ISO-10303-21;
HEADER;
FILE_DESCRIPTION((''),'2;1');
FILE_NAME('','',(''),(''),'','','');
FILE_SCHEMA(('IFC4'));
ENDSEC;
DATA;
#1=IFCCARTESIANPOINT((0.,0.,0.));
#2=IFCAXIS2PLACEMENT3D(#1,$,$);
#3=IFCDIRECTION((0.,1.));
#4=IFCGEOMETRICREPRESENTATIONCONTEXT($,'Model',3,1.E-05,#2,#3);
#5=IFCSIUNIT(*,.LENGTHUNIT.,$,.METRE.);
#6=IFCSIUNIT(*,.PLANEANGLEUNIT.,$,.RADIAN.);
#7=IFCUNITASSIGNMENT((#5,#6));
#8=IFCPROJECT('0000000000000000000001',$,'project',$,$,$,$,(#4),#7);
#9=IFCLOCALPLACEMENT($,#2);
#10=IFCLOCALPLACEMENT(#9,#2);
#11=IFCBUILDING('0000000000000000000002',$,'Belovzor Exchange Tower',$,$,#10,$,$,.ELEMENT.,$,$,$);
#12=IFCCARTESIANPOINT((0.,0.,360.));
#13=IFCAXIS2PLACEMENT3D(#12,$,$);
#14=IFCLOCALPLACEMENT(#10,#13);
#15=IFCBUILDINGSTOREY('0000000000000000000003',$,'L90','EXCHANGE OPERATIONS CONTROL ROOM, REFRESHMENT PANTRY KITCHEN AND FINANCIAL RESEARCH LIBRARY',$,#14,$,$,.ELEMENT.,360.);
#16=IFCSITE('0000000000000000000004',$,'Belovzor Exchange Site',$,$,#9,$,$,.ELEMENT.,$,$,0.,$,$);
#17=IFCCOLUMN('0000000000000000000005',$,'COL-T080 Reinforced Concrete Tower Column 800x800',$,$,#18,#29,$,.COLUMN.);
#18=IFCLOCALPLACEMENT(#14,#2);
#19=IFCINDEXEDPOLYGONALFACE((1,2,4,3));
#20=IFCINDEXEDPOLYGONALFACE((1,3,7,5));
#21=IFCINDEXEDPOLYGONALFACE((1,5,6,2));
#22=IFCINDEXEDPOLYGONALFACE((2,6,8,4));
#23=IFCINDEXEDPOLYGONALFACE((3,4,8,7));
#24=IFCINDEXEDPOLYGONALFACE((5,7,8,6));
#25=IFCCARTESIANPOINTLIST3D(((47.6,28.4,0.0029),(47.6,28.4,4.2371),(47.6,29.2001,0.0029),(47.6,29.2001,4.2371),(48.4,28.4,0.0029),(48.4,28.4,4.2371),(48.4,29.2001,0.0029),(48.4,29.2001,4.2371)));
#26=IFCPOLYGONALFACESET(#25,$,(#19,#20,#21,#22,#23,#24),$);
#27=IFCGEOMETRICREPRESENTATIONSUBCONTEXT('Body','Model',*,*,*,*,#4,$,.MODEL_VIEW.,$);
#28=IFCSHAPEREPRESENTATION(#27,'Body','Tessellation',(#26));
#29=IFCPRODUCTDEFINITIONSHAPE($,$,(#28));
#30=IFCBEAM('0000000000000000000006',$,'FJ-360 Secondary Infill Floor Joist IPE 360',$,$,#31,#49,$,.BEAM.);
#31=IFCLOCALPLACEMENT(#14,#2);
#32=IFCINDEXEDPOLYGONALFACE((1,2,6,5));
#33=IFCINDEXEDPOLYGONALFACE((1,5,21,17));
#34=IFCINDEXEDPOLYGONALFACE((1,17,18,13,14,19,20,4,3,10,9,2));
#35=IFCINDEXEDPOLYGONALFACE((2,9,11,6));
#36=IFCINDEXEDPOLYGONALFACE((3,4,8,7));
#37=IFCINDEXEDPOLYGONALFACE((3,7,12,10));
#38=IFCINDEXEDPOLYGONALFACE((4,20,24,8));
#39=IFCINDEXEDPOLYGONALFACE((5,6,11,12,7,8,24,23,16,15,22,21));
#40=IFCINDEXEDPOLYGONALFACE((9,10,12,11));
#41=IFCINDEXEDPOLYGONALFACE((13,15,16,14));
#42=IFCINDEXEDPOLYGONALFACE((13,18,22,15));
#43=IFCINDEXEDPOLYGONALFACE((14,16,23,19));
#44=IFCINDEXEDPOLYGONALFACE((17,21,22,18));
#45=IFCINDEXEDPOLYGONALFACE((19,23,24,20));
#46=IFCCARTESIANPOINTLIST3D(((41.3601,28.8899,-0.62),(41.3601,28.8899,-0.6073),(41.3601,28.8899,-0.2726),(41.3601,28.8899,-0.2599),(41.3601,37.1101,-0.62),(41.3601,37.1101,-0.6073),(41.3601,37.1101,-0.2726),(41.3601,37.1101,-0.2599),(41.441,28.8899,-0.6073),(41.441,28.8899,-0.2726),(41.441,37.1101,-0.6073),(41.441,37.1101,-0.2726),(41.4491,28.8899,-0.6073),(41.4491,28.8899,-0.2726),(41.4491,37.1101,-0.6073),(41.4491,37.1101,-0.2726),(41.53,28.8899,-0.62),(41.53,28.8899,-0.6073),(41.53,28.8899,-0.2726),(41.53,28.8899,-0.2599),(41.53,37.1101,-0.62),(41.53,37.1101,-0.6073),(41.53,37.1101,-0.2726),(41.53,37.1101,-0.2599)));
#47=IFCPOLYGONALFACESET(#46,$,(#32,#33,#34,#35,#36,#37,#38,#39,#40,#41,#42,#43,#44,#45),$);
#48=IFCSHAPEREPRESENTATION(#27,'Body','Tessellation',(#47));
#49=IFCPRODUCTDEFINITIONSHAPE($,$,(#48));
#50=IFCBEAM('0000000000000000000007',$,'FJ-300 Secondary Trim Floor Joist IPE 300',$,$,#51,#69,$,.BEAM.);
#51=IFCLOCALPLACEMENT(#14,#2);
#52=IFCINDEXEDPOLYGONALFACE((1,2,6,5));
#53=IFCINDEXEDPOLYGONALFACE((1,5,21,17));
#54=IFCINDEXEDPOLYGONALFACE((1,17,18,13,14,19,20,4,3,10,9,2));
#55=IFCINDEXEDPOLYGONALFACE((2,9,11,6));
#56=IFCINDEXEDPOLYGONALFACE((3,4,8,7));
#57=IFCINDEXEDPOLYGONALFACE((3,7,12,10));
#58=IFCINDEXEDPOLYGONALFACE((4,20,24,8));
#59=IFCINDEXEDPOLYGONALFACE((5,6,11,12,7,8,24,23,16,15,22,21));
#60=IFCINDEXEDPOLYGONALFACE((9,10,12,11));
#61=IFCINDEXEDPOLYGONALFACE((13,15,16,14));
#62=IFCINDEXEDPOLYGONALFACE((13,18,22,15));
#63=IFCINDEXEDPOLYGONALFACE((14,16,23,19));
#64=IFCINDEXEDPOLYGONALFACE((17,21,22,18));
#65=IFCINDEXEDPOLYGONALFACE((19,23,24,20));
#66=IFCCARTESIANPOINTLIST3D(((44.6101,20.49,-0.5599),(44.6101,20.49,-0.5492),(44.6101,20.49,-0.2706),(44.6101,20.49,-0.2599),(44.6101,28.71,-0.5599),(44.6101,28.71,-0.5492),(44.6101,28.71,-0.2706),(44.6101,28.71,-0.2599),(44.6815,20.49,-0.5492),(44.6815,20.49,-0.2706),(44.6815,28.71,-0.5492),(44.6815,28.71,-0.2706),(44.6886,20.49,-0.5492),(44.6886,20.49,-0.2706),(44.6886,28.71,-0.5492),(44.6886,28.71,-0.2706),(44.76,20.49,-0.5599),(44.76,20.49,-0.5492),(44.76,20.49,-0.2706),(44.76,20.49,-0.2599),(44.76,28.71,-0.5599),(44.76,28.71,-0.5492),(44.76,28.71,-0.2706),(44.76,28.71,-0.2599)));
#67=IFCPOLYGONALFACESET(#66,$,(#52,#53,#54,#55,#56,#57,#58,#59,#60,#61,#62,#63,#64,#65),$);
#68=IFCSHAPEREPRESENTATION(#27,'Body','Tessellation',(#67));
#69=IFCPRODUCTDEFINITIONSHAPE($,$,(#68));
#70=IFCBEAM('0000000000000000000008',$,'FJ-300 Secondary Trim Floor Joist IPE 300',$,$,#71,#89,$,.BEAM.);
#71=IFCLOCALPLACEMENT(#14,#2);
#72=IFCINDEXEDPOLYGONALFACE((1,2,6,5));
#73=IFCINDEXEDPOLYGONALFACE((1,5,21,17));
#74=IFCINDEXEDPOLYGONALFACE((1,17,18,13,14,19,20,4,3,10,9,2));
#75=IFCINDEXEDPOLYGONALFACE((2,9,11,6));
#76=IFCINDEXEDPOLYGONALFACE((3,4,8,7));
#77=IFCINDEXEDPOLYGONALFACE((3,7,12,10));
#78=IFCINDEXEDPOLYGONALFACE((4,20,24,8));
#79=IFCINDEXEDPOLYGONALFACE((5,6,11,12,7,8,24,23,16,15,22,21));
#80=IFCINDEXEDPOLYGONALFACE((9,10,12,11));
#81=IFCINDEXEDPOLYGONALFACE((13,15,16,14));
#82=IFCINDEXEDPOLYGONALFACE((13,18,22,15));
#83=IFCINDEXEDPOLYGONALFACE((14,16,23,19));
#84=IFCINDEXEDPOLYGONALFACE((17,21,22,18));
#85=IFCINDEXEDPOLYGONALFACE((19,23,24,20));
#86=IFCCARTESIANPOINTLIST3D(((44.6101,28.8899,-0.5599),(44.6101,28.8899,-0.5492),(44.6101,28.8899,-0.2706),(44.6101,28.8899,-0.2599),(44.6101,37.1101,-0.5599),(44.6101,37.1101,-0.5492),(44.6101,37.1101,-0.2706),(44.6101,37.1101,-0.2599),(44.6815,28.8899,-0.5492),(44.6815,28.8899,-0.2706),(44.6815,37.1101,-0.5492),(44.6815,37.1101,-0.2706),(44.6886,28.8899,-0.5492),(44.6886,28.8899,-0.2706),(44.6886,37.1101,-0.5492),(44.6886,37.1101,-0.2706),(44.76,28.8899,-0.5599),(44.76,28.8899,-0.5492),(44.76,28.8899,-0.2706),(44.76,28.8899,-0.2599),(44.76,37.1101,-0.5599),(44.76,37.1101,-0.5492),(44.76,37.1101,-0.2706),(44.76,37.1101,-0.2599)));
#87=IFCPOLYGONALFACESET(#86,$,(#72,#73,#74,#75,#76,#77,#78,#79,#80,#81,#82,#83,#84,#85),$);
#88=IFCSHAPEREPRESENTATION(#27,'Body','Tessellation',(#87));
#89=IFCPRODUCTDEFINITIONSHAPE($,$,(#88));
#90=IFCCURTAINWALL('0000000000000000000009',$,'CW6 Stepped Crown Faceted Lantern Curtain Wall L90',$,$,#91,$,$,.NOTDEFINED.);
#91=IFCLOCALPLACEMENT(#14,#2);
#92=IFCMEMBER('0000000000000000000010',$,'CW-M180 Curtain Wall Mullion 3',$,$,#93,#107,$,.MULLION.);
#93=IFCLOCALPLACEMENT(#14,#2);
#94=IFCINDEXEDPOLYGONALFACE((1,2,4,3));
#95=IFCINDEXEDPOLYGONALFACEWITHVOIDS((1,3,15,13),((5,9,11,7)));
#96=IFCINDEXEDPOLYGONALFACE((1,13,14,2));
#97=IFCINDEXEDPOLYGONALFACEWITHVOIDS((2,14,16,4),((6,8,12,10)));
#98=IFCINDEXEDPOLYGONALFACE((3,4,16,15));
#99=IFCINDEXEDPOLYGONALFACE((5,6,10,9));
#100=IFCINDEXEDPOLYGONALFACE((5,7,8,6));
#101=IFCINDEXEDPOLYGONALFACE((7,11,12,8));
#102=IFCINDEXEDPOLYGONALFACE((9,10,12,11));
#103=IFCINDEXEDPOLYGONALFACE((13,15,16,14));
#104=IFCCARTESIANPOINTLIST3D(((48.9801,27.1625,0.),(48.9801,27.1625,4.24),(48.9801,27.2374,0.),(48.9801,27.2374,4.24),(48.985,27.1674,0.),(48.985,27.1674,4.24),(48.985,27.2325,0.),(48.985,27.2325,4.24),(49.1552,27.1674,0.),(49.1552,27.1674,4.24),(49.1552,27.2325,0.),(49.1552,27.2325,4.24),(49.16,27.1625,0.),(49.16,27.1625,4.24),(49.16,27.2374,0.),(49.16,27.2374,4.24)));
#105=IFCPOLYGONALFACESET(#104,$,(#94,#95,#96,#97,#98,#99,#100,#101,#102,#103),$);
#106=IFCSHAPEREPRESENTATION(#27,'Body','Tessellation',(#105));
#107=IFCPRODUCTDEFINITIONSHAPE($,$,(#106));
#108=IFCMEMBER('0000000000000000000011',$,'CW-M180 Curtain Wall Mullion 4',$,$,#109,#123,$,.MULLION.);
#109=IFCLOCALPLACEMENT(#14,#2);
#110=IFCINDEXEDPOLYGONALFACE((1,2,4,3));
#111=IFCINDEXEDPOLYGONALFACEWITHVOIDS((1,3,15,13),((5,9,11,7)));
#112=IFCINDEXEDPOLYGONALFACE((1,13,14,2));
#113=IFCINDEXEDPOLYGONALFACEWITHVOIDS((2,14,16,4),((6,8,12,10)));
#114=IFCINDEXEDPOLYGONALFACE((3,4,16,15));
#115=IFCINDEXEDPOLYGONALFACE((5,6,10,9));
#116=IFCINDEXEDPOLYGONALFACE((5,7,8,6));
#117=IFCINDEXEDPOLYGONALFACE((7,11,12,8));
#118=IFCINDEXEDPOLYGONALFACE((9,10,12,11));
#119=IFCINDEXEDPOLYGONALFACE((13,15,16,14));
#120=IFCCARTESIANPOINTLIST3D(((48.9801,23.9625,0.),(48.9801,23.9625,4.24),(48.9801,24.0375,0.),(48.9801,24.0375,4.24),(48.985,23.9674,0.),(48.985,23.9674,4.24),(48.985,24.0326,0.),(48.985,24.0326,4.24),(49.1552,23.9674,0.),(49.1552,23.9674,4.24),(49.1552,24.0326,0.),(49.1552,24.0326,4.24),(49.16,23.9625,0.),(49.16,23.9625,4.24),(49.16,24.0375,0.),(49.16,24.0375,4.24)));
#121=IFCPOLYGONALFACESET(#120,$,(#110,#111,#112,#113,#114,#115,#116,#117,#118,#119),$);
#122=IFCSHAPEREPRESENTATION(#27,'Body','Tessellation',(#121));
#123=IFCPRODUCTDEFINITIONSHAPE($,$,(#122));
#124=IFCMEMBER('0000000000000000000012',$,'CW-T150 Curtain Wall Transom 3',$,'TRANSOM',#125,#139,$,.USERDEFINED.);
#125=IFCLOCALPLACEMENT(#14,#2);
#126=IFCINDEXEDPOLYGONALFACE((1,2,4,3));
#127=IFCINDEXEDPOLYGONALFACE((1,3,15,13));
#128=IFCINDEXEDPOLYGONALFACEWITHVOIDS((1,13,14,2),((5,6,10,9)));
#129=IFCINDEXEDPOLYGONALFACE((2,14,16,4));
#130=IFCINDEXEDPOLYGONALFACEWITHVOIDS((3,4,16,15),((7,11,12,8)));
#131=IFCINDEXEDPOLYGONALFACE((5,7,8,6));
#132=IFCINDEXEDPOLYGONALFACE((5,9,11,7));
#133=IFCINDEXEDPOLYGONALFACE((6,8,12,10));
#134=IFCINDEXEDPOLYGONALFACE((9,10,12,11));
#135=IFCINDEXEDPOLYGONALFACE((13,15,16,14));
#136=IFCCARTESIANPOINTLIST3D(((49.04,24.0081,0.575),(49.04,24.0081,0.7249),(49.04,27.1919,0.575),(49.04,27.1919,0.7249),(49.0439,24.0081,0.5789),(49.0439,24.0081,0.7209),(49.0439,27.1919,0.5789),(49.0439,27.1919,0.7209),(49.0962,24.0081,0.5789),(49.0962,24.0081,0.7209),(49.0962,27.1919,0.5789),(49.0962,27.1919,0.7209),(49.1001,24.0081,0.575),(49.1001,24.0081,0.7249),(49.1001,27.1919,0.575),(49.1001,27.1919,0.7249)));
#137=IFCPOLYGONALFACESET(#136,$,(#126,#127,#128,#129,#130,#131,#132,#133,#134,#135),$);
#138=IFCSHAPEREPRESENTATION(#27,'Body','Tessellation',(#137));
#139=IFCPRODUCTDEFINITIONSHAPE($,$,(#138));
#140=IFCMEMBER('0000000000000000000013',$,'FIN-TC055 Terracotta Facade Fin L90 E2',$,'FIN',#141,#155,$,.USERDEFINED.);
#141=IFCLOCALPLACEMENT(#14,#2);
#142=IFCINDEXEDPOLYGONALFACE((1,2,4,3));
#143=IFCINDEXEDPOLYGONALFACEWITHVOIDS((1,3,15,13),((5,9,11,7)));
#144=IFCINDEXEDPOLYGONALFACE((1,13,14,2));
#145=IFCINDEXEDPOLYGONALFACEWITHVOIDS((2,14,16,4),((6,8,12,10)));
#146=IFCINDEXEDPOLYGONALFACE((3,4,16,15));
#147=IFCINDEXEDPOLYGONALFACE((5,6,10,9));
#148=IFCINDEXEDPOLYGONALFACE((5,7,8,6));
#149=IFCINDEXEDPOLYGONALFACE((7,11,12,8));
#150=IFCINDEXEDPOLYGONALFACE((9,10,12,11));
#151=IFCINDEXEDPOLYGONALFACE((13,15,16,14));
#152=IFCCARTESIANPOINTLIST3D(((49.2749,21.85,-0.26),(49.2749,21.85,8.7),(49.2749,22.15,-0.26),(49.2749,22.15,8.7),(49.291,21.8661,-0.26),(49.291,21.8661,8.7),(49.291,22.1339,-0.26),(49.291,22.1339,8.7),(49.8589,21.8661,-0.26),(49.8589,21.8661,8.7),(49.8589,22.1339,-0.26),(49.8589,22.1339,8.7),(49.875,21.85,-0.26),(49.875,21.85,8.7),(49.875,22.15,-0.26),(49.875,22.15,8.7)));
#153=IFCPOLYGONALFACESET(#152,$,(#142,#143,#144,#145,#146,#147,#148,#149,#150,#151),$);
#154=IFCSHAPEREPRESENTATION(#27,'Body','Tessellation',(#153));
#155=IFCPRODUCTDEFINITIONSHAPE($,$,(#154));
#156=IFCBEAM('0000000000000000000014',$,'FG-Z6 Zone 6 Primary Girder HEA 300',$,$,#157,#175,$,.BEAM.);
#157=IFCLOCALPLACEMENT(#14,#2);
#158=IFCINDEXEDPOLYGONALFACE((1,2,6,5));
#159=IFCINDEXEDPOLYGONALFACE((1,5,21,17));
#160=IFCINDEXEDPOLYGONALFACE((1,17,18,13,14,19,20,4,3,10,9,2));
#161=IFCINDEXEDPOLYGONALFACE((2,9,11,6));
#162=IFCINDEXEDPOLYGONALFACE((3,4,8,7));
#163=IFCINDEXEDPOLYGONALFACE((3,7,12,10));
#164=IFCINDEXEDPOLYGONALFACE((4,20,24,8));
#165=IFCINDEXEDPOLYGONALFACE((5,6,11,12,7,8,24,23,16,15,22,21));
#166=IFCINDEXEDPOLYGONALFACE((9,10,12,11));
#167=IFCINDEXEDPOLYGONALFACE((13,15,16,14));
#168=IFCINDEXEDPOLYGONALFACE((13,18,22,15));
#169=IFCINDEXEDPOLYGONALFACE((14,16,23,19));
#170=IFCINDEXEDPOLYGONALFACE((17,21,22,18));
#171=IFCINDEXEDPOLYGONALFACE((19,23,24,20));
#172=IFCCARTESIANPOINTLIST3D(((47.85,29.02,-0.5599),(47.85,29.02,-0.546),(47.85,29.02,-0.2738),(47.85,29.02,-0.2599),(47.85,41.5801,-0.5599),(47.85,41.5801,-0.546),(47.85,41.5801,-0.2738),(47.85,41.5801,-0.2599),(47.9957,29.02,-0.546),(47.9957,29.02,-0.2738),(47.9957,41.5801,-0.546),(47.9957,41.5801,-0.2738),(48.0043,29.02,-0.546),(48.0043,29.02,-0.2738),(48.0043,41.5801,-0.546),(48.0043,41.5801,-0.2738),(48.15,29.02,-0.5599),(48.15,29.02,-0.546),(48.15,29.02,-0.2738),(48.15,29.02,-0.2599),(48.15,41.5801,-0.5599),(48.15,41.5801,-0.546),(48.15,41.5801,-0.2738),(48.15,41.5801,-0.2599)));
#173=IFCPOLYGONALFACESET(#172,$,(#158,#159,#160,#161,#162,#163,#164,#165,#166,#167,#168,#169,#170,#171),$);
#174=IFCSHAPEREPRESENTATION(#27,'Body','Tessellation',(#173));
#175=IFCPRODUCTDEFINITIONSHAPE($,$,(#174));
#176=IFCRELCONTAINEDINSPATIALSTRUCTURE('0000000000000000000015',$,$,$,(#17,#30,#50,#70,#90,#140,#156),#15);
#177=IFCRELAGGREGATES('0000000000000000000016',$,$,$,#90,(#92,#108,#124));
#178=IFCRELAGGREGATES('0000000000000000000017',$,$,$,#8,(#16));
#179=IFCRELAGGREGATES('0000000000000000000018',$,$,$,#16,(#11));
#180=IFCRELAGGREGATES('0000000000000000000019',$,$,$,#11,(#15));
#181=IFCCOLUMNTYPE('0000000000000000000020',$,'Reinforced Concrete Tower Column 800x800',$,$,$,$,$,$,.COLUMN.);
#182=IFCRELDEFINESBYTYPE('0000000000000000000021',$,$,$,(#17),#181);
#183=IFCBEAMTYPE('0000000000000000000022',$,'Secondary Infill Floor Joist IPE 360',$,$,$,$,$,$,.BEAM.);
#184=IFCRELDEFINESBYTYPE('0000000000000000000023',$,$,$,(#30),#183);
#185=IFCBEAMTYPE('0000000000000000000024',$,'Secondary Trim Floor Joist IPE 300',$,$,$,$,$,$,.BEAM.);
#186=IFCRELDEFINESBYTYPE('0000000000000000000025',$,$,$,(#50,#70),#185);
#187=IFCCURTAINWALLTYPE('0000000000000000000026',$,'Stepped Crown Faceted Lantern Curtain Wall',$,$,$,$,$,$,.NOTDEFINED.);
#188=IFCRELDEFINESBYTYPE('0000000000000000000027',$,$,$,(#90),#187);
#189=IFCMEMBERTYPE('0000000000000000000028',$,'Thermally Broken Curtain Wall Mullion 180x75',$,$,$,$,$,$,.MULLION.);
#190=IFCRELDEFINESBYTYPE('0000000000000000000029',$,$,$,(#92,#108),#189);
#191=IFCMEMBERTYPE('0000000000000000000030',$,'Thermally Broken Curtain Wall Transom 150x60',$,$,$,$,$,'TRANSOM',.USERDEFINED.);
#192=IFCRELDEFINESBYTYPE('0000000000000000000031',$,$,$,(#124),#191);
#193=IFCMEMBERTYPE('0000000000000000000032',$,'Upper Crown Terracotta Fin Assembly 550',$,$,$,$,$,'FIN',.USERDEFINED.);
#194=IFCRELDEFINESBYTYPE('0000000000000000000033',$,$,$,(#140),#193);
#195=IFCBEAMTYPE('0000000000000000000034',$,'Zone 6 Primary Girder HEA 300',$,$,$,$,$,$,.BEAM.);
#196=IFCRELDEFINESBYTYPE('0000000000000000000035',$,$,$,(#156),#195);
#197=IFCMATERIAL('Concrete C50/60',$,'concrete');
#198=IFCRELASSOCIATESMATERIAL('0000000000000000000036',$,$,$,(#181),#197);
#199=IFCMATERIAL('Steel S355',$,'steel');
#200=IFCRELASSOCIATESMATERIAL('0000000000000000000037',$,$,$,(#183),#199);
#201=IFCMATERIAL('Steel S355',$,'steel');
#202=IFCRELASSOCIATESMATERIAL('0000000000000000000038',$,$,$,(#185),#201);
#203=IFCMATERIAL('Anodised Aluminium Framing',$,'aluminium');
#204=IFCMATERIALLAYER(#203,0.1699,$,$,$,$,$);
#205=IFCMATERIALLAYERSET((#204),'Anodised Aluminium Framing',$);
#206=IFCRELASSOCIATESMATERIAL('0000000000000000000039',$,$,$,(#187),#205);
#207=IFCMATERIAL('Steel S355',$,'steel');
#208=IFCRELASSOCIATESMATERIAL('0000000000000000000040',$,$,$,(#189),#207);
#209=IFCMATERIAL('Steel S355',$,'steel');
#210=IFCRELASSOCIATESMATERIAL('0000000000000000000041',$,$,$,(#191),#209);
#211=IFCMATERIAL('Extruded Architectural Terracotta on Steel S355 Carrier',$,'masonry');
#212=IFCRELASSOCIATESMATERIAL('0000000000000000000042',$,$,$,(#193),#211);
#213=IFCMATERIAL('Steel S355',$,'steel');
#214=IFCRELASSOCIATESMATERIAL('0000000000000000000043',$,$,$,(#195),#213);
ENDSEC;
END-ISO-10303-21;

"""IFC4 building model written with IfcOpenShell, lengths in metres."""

from ifc_helpers import new_model, si_unit, direction, frame, origin, origin_2d, place, context, subcontext, project, spatial, rectangle, hollow_rectangle, i_section, extrude, material, layer, layer_set, material_profile, profile_set, type_object, element, aggregate, save


model = new_model("IFC4")

# Units and contexts
model_context = context("Model", 3, precision=1e-05, world=origin(), true_north=direction((0.0, 1.0)))
body_context = subcontext(model_context, "Body", "Model", "MODEL_VIEW")
ifc_project = project(units=[si_unit("LENGTHUNIT", "METRE"), si_unit("PLANEANGLEUNIT", "RADIAN")], contexts=[model_context])

# Site, building, storey
site_placement = place(None, origin())
site = spatial("IfcSite", under=ifc_project, at=site_placement, Name="Belovzor Exchange Site", CompositionType="ELEMENT", RefElevation=0.0)
building_placement = place(site_placement, origin())
building = spatial("IfcBuilding", under=site, at=building_placement, Name="Belovzor Exchange Tower", CompositionType="ELEMENT")
storey_placement = place(building_placement, frame((0.0, 0.0, 360.0)))
storey = spatial("IfcBuildingStorey", under=building, at=storey_placement, Name="L90", Description="EXCHANGE OPERATIONS CONTROL ROOM, REFRESHMENT PANTRY KITCHEN AND FINANCIAL RESEARCH LIBRARY", CompositionType="ELEMENT", Elevation=360.0)

# Column
ifc_material_1 = material(Name="Concrete C50/60", Category="concrete")
ifc_material_profile_1 = material_profile(ifc_material_1, rectangle(XDim=0.8, YDim=0.8, at=origin_2d()))
ifc_profile_set_1 = profile_set([ifc_material_profile_1], Name="Concrete C50/60")
column_type = type_object("IfcColumnType", Name="Reinforced Concrete Tower Column 800x800", PredefinedType="COLUMN", material=ifc_profile_set_1)
column_placement = place(storey_placement, frame((48.0, 28.8, 0.0029), z_axis=(0.0, 0.0, 1.0), x_axis=(1.0, 0.0, 0.0)))
element("IfcColumn", 1, at=column_placement, inside=storey, type_object=column_type, Name="COL-T080 Reinforced Concrete Tower Column 800x800", PredefinedType="COLUMN", context=body_context, shape_type="SweptSolid", body=[
    extrude(rectangle(XDim=0.8, YDim=0.8, at=origin_2d()), origin(), (0.0, 0.0, 1.0), 4.2341),
])

# Beams
ifc_material_2 = material(Name="Steel S355", Category="steel")
ifc_material_profile_2 = material_profile(ifc_material_2, i_section(OverallWidth=0.1699, OverallDepth=0.3601, WebThickness=0.0081, FlangeThickness=0.0127, at=origin_2d()))
ifc_profile_set_2 = profile_set([ifc_material_profile_2], Name="Steel S355")
beam_type_1 = type_object("IfcBeamType", Name="Secondary Infill Floor Joist IPE 360", PredefinedType="BEAM", material=ifc_profile_set_2)
beam_1_placement = place(storey_placement, frame((41.4451, 28.8899, -0.4399), z_axis=(0.0, 1.0, 0.0), x_axis=(-1.0, 0.0, 0.0)))
element("IfcBeam", 2, at=beam_1_placement, inside=storey, type_object=beam_type_1, Name="FJ-360 Secondary Infill Floor Joist IPE 360", PredefinedType="BEAM", context=body_context, shape_type="SweptSolid", body=[
    extrude(i_section(OverallWidth=0.1699, OverallDepth=0.3601, WebThickness=0.0081, FlangeThickness=0.0127, at=origin_2d()), origin(), (0.0, 0.0, 1.0), 8.2202),
])
ifc_material_3 = material(Name="Steel S355", Category="steel")
ifc_material_profile_3 = material_profile(ifc_material_3, i_section(OverallWidth=0.1499, OverallDepth=0.3, WebThickness=0.0071, FlangeThickness=0.0107, at=origin_2d()))
ifc_profile_set_3 = profile_set([ifc_material_profile_3], Name="Steel S355")
beam_type_2 = type_object("IfcBeamType", Name="Secondary Trim Floor Joist IPE 300", PredefinedType="BEAM", material=ifc_profile_set_3)
beam_2_placement = place(storey_placement, frame((44.6851, 20.49, -0.4099), z_axis=(0.0, 1.0, 0.0), x_axis=(-1.0, 0.0, 0.0)))
element("IfcBeam", 3, at=beam_2_placement, inside=storey, type_object=beam_type_2, Name="FJ-300 Secondary Trim Floor Joist IPE 300", PredefinedType="BEAM", context=body_context, shape_type="SweptSolid", body=[
    extrude(i_section(OverallWidth=0.1499, OverallDepth=0.3, WebThickness=0.0071, FlangeThickness=0.0107, at=origin_2d()), origin(), (0.0, 0.0, 1.0), 8.22),
])
beam_3_placement = place(storey_placement, frame((44.6851, 28.8899, -0.4099), z_axis=(0.0, 1.0, 0.0), x_axis=(-1.0, 0.0, 0.0)))
element("IfcBeam", 4, at=beam_3_placement, inside=storey, type_object=beam_type_2, Name="FJ-300 Secondary Trim Floor Joist IPE 300", PredefinedType="BEAM", context=body_context, shape_type="SweptSolid", body=[
    extrude(i_section(OverallWidth=0.1499, OverallDepth=0.3, WebThickness=0.0071, FlangeThickness=0.0107, at=origin_2d()), origin(), (0.0, 0.0, 1.0), 8.2202),
])

# Curtain wall, members
ifc_material_4 = material(Name="Anodised Aluminium Framing", Category="aluminium")
ifc_layer_1 = layer(ifc_material_4, 0.1699)
ifc_layer_set_1 = layer_set([ifc_layer_1], Name="Anodised Aluminium Framing")
curtain_wall_type = type_object("IfcCurtainWallType", Name="Stepped Crown Faceted Lantern Curtain Wall", PredefinedType="NOTDEFINED", material=ifc_layer_set_1)
curtain_wall_placement = place(storey_placement, origin())
curtain_wall = element("IfcCurtainWall", 5, at=curtain_wall_placement, inside=storey, type_object=curtain_wall_type, Name="CW6 Stepped Crown Faceted Lantern Curtain Wall L90", PredefinedType="NOTDEFINED")
ifc_material_5 = material(Name="Steel S355", Category="steel")
ifc_material_profile_4 = material_profile(ifc_material_5, hollow_rectangle(XDim=0.075, YDim=0.1799, WallThickness=0.0049, at=origin_2d()))
ifc_profile_set_4 = profile_set([ifc_material_profile_4], Name="Steel S355")
member_type_1 = type_object("IfcMemberType", Name="Thermally Broken Curtain Wall Mullion 180x75", PredefinedType="MULLION", material=ifc_profile_set_4)
member_1_placement = place(storey_placement, frame((49.0701, 27.2, 0.0), z_axis=(0.0, 0.0, 1.0), x_axis=(0.0, -1.0, 0.0)))
member_1 = element("IfcMember", 6, at=member_1_placement, type_object=member_type_1, Name="CW-M180 Curtain Wall Mullion 3", PredefinedType="MULLION", context=body_context, shape_type="SweptSolid", body=[
    extrude(hollow_rectangle(XDim=0.075, YDim=0.1799, WallThickness=0.0049, at=origin_2d()), origin(), (0.0, 0.0, 1.0), 4.24),
])
member_2_placement = place(storey_placement, frame((49.0701, 24.0, 0.0), z_axis=(0.0, 0.0, 1.0), x_axis=(0.0, -1.0, 0.0)))
member_2 = element("IfcMember", 7, at=member_2_placement, type_object=member_type_1, Name="CW-M180 Curtain Wall Mullion 4", PredefinedType="MULLION", context=body_context, shape_type="SweptSolid", body=[
    extrude(hollow_rectangle(XDim=0.075, YDim=0.1799, WallThickness=0.0049, at=origin_2d()), origin(), (0.0, 0.0, 1.0), 4.24),
])
ifc_material_6 = material(Name="Steel S355", Category="steel")
ifc_material_profile_5 = material_profile(ifc_material_6, hollow_rectangle(XDim=0.0601, YDim=0.1499, WallThickness=0.0039, at=origin_2d()))
ifc_profile_set_5 = profile_set([ifc_material_profile_5], Name="Steel S355")
member_type_2 = type_object("IfcMemberType", Name="Thermally Broken Curtain Wall Transom 150x60", ElementType="TRANSOM", PredefinedType="USERDEFINED", material=ifc_profile_set_5)
member_3_placement = place(storey_placement, frame((49.0701, 27.1919, 0.6499), z_axis=(0.0, -1.0, 0.0), x_axis=(1.0, 0.0, 0.0)))
member_3 = element("IfcMember", 8, at=member_3_placement, type_object=member_type_2, Name="CW-T150 Curtain Wall Transom 3", ObjectType="TRANSOM", PredefinedType="USERDEFINED", context=body_context, shape_type="SweptSolid", body=[
    extrude(hollow_rectangle(XDim=0.0601, YDim=0.1499, WallThickness=0.0039, at=origin_2d()), origin(), (0.0, 0.0, 1.0), 3.1838),
])

# Member
ifc_material_7 = material(Name="Extruded Architectural Terracotta on Steel S355 Carrier", Category="masonry")
ifc_material_profile_6 = material_profile(ifc_material_7, hollow_rectangle(XDim=0.3, YDim=0.6001, WallThickness=0.0161, at=origin_2d()))
ifc_profile_set_6 = profile_set([ifc_material_profile_6], Name="Extruded Architectural Terracotta on Steel S355 Carrier")
member_type_3 = type_object("IfcMemberType", Name="Upper Crown Terracotta Fin Assembly 550", ElementType="FIN", PredefinedType="USERDEFINED", material=ifc_profile_set_6)
member_4_placement = place(storey_placement, frame((49.575, 22.0, -0.26), z_axis=(0.0, 0.0, 1.0), x_axis=(0.0, 1.0, 0.0)))
element("IfcMember", 9, at=member_4_placement, inside=storey, type_object=member_type_3, Name="FIN-TC055 Terracotta Facade Fin L90 E2", ObjectType="FIN", PredefinedType="USERDEFINED", context=body_context, shape_type="SweptSolid", body=[
    extrude(hollow_rectangle(XDim=0.3, YDim=0.6001, WallThickness=0.0161, at=origin_2d()), origin(), (0.0, 0.0, 1.0), 8.96),
])

# Beam
ifc_material_8 = material(Name="Steel S355", Category="steel")
ifc_material_profile_7 = material_profile(ifc_material_8, i_section(OverallWidth=0.3, OverallDepth=0.3, WebThickness=0.0085, FlangeThickness=0.0139, at=origin_2d()))
ifc_profile_set_7 = profile_set([ifc_material_profile_7], Name="Steel S355")
beam_type_3 = type_object("IfcBeamType", Name="Zone 6 Primary Girder HEA 300", PredefinedType="BEAM", material=ifc_profile_set_7)
beam_4_placement = place(storey_placement, frame((48.0, 29.02, -0.4099), z_axis=(0.0, 1.0, 0.0), x_axis=(-1.0, 0.0, 0.0)))
element("IfcBeam", 10, at=beam_4_placement, inside=storey, type_object=beam_type_3, Name="FG-Z6 Zone 6 Primary Girder HEA 300", PredefinedType="BEAM", context=body_context, shape_type="SweptSolid", body=[
    extrude(i_section(OverallWidth=0.3, OverallDepth=0.3, WebThickness=0.0085, FlangeThickness=0.0139, at=origin_2d()), origin(), (0.0, 0.0, 1.0), 12.5601),
])

aggregate(curtain_wall, [member_1, member_2, member_3])

save(model, "model.ifc")
